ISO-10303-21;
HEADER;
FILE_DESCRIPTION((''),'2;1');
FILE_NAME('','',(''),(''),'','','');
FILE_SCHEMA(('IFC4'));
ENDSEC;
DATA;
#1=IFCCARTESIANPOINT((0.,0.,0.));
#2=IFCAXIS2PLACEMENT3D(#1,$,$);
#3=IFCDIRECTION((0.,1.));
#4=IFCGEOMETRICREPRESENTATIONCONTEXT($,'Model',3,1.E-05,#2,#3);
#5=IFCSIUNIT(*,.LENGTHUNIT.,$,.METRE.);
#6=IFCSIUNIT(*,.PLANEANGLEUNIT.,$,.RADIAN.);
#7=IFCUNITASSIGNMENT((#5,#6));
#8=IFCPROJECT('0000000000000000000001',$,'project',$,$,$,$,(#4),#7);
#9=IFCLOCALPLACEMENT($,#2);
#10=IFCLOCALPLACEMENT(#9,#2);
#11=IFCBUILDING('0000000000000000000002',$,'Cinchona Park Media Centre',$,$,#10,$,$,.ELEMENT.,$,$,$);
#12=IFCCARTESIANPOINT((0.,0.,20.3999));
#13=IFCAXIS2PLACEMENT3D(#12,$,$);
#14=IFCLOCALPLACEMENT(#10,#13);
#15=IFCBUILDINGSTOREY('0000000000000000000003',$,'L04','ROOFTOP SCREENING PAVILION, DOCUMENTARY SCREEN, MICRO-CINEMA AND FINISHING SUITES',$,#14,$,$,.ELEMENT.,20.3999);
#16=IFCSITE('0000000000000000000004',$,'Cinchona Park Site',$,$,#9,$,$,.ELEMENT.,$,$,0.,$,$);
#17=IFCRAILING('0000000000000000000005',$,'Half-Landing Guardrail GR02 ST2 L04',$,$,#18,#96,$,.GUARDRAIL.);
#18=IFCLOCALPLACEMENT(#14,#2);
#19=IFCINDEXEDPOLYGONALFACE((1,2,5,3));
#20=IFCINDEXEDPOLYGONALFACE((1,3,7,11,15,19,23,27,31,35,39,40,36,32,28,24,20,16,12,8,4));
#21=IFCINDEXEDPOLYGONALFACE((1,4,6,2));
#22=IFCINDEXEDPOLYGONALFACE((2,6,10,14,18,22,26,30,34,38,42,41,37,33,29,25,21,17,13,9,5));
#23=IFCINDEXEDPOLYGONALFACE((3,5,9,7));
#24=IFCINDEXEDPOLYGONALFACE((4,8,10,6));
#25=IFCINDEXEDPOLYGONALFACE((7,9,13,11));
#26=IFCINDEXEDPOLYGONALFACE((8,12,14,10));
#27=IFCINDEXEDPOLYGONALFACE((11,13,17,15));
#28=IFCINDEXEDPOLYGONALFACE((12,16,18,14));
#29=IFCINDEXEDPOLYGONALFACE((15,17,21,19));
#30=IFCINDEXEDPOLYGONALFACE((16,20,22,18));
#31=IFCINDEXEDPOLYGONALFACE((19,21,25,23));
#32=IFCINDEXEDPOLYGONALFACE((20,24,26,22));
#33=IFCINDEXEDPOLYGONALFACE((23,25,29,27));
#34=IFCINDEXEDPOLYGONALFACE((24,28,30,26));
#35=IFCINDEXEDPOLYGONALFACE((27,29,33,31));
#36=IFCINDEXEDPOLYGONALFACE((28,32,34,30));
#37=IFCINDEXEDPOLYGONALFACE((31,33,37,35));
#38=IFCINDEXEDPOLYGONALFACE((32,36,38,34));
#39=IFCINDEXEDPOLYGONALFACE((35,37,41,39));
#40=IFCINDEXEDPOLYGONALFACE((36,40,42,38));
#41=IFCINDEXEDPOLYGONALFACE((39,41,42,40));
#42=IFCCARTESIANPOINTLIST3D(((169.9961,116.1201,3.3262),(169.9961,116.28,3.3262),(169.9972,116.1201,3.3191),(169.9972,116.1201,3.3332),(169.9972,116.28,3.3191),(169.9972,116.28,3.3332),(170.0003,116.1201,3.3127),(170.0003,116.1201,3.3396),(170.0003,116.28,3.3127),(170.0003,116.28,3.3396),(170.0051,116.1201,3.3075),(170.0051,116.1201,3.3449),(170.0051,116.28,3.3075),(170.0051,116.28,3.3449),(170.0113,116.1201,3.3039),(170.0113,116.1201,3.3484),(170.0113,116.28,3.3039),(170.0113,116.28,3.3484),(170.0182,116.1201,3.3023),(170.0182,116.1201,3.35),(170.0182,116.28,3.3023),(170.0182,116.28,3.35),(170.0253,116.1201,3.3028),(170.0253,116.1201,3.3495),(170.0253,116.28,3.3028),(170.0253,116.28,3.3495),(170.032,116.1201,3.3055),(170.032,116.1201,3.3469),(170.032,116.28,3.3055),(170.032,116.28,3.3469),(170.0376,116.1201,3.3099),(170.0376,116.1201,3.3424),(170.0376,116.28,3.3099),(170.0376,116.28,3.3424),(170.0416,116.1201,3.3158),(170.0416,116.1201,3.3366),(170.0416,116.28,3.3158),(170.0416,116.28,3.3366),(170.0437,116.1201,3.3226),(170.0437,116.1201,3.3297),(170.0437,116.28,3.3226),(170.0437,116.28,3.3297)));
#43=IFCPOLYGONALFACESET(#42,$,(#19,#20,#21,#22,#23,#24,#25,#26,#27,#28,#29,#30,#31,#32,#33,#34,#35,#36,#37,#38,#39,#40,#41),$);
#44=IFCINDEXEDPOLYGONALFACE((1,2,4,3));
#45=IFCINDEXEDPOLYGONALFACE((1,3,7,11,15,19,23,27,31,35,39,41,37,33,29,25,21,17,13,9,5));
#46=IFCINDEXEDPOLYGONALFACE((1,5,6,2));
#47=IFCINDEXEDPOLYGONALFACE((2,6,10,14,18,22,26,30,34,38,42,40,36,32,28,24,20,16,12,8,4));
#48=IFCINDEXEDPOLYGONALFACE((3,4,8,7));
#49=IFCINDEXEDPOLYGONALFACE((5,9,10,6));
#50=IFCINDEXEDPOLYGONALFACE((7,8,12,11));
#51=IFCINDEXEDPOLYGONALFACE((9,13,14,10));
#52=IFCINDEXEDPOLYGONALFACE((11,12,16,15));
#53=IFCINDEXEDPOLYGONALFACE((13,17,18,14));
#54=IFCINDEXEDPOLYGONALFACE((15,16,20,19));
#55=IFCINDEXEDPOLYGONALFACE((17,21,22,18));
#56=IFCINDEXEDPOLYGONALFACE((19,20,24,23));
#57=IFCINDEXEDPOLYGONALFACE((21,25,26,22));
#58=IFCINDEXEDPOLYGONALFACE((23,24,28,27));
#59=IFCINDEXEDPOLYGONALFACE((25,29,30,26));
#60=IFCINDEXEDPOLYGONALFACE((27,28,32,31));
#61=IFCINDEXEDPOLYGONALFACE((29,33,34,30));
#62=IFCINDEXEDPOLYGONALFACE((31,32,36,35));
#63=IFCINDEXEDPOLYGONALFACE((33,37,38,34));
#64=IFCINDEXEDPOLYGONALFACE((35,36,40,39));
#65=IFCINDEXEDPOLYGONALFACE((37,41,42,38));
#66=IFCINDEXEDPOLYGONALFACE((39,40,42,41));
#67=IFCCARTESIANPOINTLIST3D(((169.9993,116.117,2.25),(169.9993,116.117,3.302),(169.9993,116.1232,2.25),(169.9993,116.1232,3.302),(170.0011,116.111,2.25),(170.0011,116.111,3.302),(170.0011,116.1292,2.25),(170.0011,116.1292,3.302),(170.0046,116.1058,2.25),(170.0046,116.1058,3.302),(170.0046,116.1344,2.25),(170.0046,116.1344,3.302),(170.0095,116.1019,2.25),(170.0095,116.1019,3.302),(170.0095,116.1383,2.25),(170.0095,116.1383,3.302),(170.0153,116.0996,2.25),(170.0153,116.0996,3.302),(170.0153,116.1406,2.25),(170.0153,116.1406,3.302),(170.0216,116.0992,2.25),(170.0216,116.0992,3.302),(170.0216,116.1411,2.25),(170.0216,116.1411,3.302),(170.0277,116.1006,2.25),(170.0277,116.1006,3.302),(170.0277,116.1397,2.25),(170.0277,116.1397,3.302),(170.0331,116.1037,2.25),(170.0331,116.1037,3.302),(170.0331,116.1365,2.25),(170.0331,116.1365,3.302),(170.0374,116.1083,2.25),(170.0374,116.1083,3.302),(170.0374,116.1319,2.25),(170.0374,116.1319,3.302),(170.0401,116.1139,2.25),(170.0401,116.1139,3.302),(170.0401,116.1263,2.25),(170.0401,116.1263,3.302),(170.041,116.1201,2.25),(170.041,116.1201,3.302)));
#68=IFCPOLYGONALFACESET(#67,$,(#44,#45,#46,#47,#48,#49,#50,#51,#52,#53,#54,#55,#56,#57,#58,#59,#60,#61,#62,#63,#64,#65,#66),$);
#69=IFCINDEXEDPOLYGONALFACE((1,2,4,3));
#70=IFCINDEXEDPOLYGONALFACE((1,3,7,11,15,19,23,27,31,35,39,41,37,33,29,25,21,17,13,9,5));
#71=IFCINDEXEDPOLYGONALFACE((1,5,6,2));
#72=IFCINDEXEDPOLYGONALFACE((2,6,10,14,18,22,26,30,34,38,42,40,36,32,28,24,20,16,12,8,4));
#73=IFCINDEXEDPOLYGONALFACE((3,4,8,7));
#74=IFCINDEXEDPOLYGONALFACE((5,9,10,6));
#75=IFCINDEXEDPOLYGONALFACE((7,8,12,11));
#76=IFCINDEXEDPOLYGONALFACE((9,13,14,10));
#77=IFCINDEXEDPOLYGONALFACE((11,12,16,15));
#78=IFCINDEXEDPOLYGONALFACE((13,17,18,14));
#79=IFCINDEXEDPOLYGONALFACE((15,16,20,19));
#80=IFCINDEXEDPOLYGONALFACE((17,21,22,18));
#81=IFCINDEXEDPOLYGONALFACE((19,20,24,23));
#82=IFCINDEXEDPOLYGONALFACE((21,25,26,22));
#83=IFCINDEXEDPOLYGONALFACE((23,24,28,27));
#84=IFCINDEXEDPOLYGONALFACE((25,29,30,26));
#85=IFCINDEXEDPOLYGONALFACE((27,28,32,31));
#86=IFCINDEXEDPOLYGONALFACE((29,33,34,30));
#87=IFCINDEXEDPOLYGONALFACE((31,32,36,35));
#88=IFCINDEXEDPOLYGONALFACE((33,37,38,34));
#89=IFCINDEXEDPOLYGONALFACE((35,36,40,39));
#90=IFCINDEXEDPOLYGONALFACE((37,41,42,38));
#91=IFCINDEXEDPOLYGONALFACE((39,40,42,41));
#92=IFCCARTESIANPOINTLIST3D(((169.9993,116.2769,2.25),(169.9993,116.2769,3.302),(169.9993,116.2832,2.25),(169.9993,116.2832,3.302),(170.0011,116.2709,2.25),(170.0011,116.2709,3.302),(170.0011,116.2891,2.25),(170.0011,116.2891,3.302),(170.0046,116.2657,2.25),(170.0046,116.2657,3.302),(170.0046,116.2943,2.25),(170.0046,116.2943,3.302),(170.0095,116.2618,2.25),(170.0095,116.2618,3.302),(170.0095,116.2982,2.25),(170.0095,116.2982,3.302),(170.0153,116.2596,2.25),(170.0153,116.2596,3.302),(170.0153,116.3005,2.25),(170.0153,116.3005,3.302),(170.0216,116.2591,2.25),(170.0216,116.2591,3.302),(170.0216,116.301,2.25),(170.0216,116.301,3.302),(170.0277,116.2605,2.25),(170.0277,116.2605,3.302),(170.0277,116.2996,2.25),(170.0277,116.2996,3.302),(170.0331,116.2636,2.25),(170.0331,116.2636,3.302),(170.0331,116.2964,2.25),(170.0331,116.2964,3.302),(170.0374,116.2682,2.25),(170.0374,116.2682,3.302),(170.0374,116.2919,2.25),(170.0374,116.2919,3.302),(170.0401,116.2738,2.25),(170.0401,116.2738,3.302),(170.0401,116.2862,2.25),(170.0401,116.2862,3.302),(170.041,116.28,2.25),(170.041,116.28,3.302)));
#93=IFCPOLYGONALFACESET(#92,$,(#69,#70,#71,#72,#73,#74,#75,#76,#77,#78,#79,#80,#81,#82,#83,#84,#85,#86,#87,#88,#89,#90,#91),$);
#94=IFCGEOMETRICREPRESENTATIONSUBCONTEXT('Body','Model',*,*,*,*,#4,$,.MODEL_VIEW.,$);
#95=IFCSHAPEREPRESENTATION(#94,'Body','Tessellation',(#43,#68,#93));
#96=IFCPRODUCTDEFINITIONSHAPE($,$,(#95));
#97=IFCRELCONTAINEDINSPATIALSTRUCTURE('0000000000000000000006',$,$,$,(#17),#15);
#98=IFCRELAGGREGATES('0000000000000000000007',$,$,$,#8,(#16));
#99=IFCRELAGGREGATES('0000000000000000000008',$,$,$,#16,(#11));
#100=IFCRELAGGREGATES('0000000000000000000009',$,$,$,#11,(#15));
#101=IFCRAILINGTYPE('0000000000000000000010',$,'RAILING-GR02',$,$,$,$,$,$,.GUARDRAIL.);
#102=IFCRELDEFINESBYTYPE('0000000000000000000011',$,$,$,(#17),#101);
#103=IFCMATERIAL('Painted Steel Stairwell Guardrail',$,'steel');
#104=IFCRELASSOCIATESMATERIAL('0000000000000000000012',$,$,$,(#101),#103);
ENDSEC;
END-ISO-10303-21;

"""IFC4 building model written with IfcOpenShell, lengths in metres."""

from ifc_helpers import new_model, si_unit, direction, frame, origin, origin_2d, place, context, subcontext, project, spatial, circle, extrude, material, type_object, element, save


model = new_model("IFC4")

# Units and contexts
model_context = context("Model", 3, precision=1e-05, world=origin(), true_north=direction((0.0, 1.0)))
body_context = subcontext(model_context, "Body", "Model", "MODEL_VIEW")
ifc_project = project(units=[si_unit("LENGTHUNIT", "METRE"), si_unit("PLANEANGLEUNIT", "RADIAN")], contexts=[model_context])

# Site, building, storey
site_placement = place(None, origin())
site = spatial("IfcSite", under=ifc_project, at=site_placement, Name="Cinchona Park Site", CompositionType="ELEMENT", RefElevation=0.0)
building_placement = place(site_placement, origin())
building = spatial("IfcBuilding", under=site, at=building_placement, Name="Cinchona Park Media Centre", CompositionType="ELEMENT")
storey_placement = place(building_placement, frame((0.0, 0.0, 20.3999)))
storey = spatial("IfcBuildingStorey", under=building, at=storey_placement, Name="L04", Description="ROOFTOP SCREENING PAVILION, DOCUMENTARY SCREEN, MICRO-CINEMA AND FINISHING SUITES", CompositionType="ELEMENT", Elevation=20.3999)

# Railing
ifc_material_1 = material(Name="Painted Steel Stairwell Guardrail", Category="steel")
railing_type_1 = type_object("IfcRailingType", Name="RAILING-GR02", PredefinedType="GUARDRAIL", material=ifc_material_1)
for number, where, name in (
    (1, (170.02, 116.1201, 2.25), "Half-Landing Guardrail GR02 ST2 L04"),
):
    element("IfcRailing", number, at=place(storey_placement, frame(where)), inside=storey, type_object=railing_type_1, Name=name, PredefinedType="GUARDRAIL", context=body_context, shape_type="SweptSolid", body=[
        extrude(circle(Radius=0.0239, at=origin_2d()), frame((0.0, 0.0, 1.0762), z_axis=(0.0, 1.0, 0.0), x_axis=(-1.0, 0.0, 0.0)), (0.0, 0.0, 1.0), 0.1599),
        extrude(circle(Radius=0.021, at=origin_2d()), origin(), (0.0, 0.0, 1.0), 1.052),
        extrude(circle(Radius=0.021, at=origin_2d()), frame((0.0, 0.1599, 0.0)), (0.0, 0.0, 1.0), 1.052),
    ])

save(model, "model.ifc")
